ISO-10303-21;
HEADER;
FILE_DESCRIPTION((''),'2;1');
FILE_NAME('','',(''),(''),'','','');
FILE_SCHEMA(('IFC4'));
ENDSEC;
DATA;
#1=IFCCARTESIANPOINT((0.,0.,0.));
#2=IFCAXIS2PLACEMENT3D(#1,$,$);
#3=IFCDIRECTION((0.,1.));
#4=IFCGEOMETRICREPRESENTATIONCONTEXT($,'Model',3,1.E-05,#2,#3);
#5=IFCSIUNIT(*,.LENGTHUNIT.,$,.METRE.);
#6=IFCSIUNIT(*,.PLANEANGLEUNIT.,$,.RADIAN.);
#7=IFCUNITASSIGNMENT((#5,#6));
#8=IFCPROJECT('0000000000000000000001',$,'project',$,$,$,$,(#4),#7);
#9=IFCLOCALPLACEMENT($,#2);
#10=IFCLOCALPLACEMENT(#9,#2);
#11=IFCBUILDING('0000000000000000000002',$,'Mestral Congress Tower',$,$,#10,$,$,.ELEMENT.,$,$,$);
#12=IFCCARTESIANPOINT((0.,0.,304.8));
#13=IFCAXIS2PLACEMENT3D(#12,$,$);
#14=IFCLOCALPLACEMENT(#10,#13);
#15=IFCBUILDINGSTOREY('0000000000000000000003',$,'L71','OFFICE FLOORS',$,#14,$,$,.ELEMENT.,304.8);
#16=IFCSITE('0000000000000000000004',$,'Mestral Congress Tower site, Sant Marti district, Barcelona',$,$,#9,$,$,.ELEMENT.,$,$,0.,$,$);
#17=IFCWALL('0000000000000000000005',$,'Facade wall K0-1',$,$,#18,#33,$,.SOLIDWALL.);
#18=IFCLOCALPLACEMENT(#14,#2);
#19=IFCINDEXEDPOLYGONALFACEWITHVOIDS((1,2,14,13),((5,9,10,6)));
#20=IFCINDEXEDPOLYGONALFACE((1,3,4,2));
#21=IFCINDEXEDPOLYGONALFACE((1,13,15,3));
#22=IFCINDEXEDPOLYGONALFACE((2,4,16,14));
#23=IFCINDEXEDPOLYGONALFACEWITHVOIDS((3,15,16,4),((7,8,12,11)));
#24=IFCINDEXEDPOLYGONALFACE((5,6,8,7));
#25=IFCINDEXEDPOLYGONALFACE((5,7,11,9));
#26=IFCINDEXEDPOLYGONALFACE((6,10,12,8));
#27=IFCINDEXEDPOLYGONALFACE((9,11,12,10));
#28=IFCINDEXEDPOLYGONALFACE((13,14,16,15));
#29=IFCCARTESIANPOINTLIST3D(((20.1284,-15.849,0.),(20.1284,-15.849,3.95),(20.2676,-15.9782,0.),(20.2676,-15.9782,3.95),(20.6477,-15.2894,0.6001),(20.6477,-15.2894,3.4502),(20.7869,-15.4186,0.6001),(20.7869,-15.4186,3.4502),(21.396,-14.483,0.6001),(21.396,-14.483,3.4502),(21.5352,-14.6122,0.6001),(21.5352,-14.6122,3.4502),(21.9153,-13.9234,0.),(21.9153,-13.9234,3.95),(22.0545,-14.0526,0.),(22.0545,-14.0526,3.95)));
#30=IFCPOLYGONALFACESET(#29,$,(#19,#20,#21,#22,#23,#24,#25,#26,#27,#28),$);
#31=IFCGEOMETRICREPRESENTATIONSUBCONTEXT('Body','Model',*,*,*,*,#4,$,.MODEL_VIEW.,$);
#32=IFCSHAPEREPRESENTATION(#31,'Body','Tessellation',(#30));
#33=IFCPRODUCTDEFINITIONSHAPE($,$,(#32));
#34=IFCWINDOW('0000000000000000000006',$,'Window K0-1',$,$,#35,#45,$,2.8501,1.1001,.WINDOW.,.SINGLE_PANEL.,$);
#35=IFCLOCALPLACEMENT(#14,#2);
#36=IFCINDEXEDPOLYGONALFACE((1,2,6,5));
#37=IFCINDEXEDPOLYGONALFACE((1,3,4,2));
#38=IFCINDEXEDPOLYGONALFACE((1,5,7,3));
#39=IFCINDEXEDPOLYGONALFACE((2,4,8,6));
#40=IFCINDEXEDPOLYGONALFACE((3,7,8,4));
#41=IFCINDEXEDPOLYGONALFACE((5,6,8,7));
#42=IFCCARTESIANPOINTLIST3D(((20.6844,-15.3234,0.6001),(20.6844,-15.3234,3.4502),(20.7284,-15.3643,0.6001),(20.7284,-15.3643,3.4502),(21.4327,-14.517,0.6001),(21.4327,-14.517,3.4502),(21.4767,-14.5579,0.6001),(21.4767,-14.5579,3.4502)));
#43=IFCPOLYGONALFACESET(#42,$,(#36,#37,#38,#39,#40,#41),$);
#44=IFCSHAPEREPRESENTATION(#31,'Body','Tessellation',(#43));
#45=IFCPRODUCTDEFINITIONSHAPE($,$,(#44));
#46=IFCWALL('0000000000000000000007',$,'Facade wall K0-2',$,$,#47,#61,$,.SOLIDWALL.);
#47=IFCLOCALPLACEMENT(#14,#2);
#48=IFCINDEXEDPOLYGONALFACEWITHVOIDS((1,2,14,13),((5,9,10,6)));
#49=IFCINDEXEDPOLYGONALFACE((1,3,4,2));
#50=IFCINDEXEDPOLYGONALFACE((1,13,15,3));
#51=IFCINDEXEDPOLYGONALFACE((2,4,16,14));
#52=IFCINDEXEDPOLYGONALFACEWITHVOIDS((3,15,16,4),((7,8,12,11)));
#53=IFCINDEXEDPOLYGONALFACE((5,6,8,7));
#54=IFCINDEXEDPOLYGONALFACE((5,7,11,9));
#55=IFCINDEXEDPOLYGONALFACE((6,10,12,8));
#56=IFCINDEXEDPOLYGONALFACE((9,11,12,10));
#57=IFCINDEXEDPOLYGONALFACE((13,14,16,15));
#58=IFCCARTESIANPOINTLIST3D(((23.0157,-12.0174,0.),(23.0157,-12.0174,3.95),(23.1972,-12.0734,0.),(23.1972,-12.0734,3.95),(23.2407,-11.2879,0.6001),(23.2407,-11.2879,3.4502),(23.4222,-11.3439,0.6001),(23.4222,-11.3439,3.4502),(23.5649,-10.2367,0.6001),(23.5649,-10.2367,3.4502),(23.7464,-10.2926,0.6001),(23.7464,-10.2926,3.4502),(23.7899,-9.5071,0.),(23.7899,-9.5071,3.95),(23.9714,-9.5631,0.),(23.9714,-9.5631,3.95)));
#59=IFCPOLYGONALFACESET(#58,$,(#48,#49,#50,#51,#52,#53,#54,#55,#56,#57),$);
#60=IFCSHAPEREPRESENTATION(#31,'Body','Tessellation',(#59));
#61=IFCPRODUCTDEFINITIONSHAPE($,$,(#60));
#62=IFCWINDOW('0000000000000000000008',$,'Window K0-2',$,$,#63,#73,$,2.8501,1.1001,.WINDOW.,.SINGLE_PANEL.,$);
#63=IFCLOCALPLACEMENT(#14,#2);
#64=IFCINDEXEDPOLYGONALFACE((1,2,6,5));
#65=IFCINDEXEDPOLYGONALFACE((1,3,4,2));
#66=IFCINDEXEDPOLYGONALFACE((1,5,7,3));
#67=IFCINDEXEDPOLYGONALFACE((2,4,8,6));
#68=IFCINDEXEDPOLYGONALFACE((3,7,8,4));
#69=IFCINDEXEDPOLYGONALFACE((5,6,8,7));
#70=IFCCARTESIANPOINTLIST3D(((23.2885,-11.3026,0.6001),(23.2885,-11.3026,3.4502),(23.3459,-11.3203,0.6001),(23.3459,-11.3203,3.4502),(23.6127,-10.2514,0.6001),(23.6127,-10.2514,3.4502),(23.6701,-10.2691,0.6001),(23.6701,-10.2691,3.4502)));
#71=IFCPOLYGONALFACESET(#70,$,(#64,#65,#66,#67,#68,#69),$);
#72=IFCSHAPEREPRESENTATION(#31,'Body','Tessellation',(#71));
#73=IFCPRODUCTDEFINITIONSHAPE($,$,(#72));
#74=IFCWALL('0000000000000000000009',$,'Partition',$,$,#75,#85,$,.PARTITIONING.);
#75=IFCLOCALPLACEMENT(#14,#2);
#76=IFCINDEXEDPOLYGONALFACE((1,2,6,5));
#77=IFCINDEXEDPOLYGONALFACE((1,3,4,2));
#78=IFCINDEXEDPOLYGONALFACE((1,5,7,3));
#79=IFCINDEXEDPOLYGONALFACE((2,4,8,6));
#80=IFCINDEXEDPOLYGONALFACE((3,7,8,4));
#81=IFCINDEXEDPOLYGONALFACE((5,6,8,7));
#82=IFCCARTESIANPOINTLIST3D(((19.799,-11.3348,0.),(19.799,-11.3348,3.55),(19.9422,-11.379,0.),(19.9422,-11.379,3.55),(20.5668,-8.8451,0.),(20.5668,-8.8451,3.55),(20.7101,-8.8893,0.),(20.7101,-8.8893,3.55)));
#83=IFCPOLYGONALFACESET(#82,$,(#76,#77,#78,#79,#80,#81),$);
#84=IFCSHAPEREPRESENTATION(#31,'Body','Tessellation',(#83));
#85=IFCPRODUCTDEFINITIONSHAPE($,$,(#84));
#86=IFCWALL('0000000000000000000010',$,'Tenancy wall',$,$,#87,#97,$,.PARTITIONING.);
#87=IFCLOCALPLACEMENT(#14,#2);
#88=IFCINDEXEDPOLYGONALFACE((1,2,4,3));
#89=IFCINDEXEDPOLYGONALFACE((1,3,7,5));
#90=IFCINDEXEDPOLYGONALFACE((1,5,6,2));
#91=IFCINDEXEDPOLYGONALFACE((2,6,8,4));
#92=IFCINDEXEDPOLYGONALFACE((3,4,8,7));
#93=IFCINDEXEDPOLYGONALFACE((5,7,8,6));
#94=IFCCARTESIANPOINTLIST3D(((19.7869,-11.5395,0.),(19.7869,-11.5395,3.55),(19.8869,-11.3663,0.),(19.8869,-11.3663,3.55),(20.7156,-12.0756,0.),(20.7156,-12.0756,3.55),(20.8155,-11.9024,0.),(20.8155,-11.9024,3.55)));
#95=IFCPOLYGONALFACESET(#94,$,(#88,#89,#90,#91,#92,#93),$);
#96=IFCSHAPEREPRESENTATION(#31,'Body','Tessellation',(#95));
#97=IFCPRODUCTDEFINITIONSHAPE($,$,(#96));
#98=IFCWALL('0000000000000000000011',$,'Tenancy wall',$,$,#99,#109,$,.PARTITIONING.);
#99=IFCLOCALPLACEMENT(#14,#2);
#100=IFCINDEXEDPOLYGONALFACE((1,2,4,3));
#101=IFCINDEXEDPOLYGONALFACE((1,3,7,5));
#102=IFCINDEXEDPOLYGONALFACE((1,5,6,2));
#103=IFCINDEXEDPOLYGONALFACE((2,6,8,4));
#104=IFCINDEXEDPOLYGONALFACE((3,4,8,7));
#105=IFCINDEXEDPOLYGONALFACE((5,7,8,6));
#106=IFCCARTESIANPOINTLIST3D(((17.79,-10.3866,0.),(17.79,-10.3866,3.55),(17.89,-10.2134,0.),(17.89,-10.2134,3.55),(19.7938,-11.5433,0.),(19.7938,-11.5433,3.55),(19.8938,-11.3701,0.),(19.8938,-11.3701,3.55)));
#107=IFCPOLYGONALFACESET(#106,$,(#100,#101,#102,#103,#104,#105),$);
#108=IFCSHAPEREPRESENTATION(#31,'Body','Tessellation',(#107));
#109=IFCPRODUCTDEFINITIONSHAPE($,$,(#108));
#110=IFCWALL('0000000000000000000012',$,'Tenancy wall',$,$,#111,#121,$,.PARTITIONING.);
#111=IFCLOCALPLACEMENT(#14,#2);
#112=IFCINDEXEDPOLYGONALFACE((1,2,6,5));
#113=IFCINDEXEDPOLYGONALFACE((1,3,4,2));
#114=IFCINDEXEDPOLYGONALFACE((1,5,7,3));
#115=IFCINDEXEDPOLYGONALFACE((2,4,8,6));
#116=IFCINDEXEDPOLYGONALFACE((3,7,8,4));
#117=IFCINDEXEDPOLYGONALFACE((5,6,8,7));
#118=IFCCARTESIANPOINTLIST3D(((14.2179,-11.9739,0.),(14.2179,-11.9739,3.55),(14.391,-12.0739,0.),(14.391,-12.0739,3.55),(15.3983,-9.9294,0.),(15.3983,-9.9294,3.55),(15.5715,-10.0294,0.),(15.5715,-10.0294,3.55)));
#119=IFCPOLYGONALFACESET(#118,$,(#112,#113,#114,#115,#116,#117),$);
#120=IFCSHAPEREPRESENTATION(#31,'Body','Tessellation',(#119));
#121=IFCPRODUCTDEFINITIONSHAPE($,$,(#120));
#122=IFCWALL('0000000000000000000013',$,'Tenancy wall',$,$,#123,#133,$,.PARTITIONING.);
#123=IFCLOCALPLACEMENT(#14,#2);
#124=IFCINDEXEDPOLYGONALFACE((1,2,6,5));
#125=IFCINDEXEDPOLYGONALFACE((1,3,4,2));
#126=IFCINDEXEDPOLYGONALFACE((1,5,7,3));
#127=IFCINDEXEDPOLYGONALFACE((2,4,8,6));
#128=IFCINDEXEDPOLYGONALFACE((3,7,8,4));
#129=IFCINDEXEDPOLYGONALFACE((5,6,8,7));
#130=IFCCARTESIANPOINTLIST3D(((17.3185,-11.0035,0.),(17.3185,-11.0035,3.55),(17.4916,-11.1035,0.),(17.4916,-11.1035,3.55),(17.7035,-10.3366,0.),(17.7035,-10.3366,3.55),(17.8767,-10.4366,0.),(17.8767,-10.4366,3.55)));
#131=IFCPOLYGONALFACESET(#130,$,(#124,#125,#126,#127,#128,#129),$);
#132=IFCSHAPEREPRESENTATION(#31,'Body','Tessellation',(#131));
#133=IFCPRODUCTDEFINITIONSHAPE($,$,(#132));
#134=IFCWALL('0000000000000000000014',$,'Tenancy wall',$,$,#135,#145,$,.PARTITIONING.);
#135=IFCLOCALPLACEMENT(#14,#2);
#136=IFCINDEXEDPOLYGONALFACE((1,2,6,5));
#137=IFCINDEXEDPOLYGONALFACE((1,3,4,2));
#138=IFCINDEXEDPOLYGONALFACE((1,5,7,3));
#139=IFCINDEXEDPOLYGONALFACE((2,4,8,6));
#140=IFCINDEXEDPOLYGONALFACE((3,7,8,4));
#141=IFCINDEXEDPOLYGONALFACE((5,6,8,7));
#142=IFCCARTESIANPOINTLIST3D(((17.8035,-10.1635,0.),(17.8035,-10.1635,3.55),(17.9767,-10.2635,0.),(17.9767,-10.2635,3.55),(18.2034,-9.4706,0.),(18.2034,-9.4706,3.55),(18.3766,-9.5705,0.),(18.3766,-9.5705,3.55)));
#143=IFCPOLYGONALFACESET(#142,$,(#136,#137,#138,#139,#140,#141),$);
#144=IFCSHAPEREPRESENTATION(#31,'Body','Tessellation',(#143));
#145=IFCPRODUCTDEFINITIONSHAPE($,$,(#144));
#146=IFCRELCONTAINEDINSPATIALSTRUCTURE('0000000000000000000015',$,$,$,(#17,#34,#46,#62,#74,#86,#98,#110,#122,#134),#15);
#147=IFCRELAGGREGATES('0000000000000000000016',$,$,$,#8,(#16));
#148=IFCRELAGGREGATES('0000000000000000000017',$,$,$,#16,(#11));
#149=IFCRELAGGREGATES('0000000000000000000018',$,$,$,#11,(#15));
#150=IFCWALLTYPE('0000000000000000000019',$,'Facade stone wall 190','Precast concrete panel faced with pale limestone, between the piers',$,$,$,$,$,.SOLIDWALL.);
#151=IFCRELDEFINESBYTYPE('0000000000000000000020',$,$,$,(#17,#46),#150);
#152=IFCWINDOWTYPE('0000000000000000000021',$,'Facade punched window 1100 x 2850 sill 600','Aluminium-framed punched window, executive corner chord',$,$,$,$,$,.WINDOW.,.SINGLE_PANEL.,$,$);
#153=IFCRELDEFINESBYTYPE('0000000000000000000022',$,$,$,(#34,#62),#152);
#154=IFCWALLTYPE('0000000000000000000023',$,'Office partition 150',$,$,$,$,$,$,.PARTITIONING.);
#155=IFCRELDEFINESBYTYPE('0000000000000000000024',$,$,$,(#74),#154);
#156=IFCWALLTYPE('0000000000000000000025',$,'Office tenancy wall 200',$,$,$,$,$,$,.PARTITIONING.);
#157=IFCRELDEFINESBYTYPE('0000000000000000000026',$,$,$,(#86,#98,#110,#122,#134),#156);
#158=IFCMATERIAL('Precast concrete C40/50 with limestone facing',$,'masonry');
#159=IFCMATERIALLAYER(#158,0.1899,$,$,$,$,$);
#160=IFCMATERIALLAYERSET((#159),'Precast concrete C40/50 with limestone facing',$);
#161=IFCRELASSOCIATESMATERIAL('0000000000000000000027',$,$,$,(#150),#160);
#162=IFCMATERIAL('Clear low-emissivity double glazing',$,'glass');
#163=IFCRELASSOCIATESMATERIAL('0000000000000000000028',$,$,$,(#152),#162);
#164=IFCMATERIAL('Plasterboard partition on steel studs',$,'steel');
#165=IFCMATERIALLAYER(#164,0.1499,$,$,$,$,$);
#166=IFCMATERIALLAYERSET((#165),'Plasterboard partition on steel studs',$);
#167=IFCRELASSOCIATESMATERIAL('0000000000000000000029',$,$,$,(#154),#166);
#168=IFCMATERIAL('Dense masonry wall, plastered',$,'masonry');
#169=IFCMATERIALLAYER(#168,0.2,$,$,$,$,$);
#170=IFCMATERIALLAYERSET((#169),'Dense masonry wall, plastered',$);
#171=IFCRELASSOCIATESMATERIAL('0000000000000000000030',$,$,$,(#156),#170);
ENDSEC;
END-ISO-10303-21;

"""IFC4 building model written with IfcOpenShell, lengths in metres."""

from ifc_helpers import new_model, si_unit, direction, frame, frame_2d, origin, place, context, subcontext, project, spatial, rectangle, extrude, material, layer, layer_set, type_object, element, fill, save


model = new_model("IFC4")

# Units and contexts
model_context = context("Model", 3, precision=1e-05, world=origin(), true_north=direction((0.0, 1.0)))
body_context = subcontext(model_context, "Body", "Model", "MODEL_VIEW")
ifc_project = project(units=[si_unit("LENGTHUNIT", "METRE"), si_unit("PLANEANGLEUNIT", "RADIAN")], contexts=[model_context])

# Site, building, storey
site_placement = place(None, origin())
site = spatial("IfcSite", under=ifc_project, at=site_placement, Name="Mestral Congress Tower site, Sant Marti district, Barcelona", CompositionType="ELEMENT", RefElevation=0.0)
building_placement = place(site_placement, origin())
building = spatial("IfcBuilding", under=site, at=building_placement, Name="Mestral Congress Tower", CompositionType="ELEMENT")
storey_placement = place(building_placement, frame((0.0, 0.0, 304.8)))
storey = spatial("IfcBuildingStorey", under=building, at=storey_placement, Name="L71", Description="OFFICE FLOORS", CompositionType="ELEMENT", Elevation=304.8)

# Walls, openings, windows
ifc_material_1 = material(Name="Precast concrete C40/50 with limestone facing", Category="masonry")
ifc_layer_1 = layer(ifc_material_1, 0.1899)
ifc_layer_set_1 = layer_set([ifc_layer_1], Name="Precast concrete C40/50 with limestone facing")
wall_type_1 = type_object("IfcWallType", Name="Facade stone wall 190", Description="Precast concrete panel faced with pale limestone, between the piers", PredefinedType="SOLIDWALL", material=ifc_layer_set_1)
ifc_material_2 = material(Name="Clear low-emissivity double glazing", Category="glass")
window_type = type_object("IfcWindowType", Name="Facade punched window 1100 x 2850 sill 600", Description="Aluminium-framed punched window, executive corner chord", PartitioningType="SINGLE_PANEL", PredefinedType="WINDOW", material=ifc_material_2)
wall_1_placement = place(storey_placement, frame((20.198, -15.9136, 0.0), z_axis=(0.0, 0.0, 1.0), x_axis=(0.680219, 0.733009, 0.0)))
wall_1 = element("IfcWall", 1, at=wall_1_placement, inside=storey, type_object=wall_type_1, Name="Facade wall K0-1", PredefinedType="SOLIDWALL", context=body_context, shape_type="SweptSolid", body=[
    extrude(rectangle(XDim=2.627, YDim=0.1899, at=frame_2d((1.3135, 0.0))), origin(), (0.0, 0.0, 1.0), 3.95),
])
opening_1_placement = place(wall_1_placement, frame((0.7634, 0.0, 0.6001)))
opening_1 = element("IfcOpeningElement", 2, at=opening_1_placement, cuts=wall_1, PredefinedType="OPENING", context=body_context, shape_type="SweptSolid", body=[
    extrude(rectangle(XDim=1.1001, YDim=2.8501, at=frame_2d((0.55, 1.425))), frame((0.0, 0.105, 0.0), z_axis=(0.0, -1.0, 0.0), x_axis=(1.0, 0.0, 0.0)), (0.0, 0.0, 1.0), 0.21),
])
window_1_placement = place(opening_1_placement, origin())
window_1 = element("IfcWindow", 3, at=window_1_placement, inside=storey, type_object=window_type, Name="Window K0-1", OverallHeight=2.8501, OverallWidth=1.1001, PartitioningType="SINGLE_PANEL", PredefinedType="WINDOW", context=body_context, shape_type="SweptSolid", body=[
    extrude(rectangle(XDim=1.1001, YDim=2.8501, at=frame_2d((0.55, 1.425))), frame((0.0, 0.0449, 0.0), z_axis=(0.0, -1.0, 0.0), x_axis=(1.0, 0.0, 0.0)), (0.0, 0.0, 1.0), 0.0601),
])
fill(opening_1, window_1)
wall_2_placement = place(storey_placement, frame((23.1064, -12.0454, 0.0), z_axis=(0.0, 0.0, 1.0), x_axis=(0.294706, 0.955588, 0.0)))
wall_2 = element("IfcWall", 4, at=wall_2_placement, inside=storey, type_object=wall_type_1, Name="Facade wall K0-2", PredefinedType="SOLIDWALL", context=body_context, shape_type="SweptSolid", body=[
    extrude(rectangle(XDim=2.627, YDim=0.1899, at=frame_2d((1.3135, 0.0))), origin(), (0.0, 0.0, 1.0), 3.95),
])
opening_2_placement = place(wall_2_placement, frame((0.7634, 0.0, 0.6001)))
opening_2 = element("IfcOpeningElement", 5, at=opening_2_placement, cuts=wall_2, PredefinedType="OPENING", context=body_context, shape_type="SweptSolid", body=[
    extrude(rectangle(XDim=1.1001, YDim=2.8501, at=frame_2d((0.55, 1.425))), frame((0.0, 0.105, 0.0), z_axis=(0.0, -1.0, 0.0), x_axis=(1.0, 0.0, 0.0)), (0.0, 0.0, 1.0), 0.21),
])
window_2_placement = place(opening_2_placement, origin())
window_2 = element("IfcWindow", 6, at=window_2_placement, inside=storey, type_object=window_type, Name="Window K0-2", OverallHeight=2.8501, OverallWidth=1.1001, PartitioningType="SINGLE_PANEL", PredefinedType="WINDOW", context=body_context, shape_type="SweptSolid", body=[
    extrude(rectangle(XDim=1.1001, YDim=2.8501, at=frame_2d((0.55, 1.425))), frame((0.0, 0.0449, 0.0), z_axis=(0.0, -1.0, 0.0), x_axis=(1.0, 0.0, 0.0)), (0.0, 0.0, 1.0), 0.0601),
])
fill(opening_2, window_2)

# Walls
ifc_material_3 = material(Name="Plasterboard partition on steel studs", Category="steel")
ifc_layer_2 = layer(ifc_material_3, 0.1499)
ifc_layer_set_2 = layer_set([ifc_layer_2], Name="Plasterboard partition on steel studs")
wall_type_2 = type_object("IfcWallType", Name="Office partition 150", PredefinedType="PARTITIONING", material=ifc_layer_set_2)
wall_3_placement = place(storey_placement, frame((19.8706, -11.3569, 0.0), z_axis=(0.0, 0.0, 1.0), x_axis=(0.294698, 0.95559, 0.0)))
element("IfcWall", 7, at=wall_3_placement, inside=storey, type_object=wall_type_2, Name="Partition", PredefinedType="PARTITIONING", context=body_context, shape_type="SweptSolid", body=[
    extrude(rectangle(XDim=2.6055, YDim=0.1499, at=frame_2d((1.3027, 0.0))), origin(), (0.0, 0.0, 1.0), 3.55),
])
ifc_material_4 = material(Name="Dense masonry wall, plastered", Category="masonry")
ifc_layer_3 = layer(ifc_material_4, 0.2)
ifc_layer_set_3 = layer_set([ifc_layer_3], Name="Dense masonry wall, plastered")
wall_type_3 = type_object("IfcWallType", Name="Office tenancy wall 200", PredefinedType="PARTITIONING", material=ifc_layer_set_3)
wall_4_placement = place(storey_placement, frame((19.8369, -11.4529, 0.0), z_axis=(0.0, 0.0, 1.0), x_axis=(0.866049, -0.499959, 0.0)))
element("IfcWall", 8, at=wall_4_placement, inside=storey, type_object=wall_type_3, Name="Tenancy wall", PredefinedType="PARTITIONING", context=body_context, shape_type="SweptSolid", body=[
    extrude(rectangle(XDim=1.0723, YDim=0.2, at=frame_2d((0.5361, 0.0))), origin(), (0.0, 0.0, 1.0), 3.55),
])
wall_5_placement = place(storey_placement, frame((17.8401, -10.3, 0.0), z_axis=(0.0, 0.0, 1.0), x_axis=(0.866066, -0.499929, 0.0)))
element("IfcWall", 9, at=wall_5_placement, inside=storey, type_object=wall_type_3, Name="Tenancy wall", PredefinedType="PARTITIONING", context=body_context, shape_type="SweptSolid", body=[
    extrude(rectangle(XDim=2.3137, YDim=0.2, at=frame_2d((1.1567, 0.0))), origin(), (0.0, 0.0, 1.0), 3.55),
])
wall_6_placement = place(storey_placement, frame((14.3044, -12.0239, 0.0), z_axis=(0.0, 0.0, 1.0), x_axis=(0.500021, 0.866013, 0.0)))
element("IfcWall", 10, at=wall_6_placement, inside=storey, type_object=wall_type_3, Name="Tenancy wall", PredefinedType="PARTITIONING", context=body_context, shape_type="SweptSolid", body=[
    extrude(rectangle(XDim=2.3608, YDim=0.2, at=frame_2d((1.1804, 0.0))), origin(), (0.0, 0.0, 1.0), 3.55),
])
wall_7_placement = place(storey_placement, frame((17.405, -11.0535, 0.0), z_axis=(0.0, 0.0, 1.0), x_axis=(0.500061, 0.86599, 0.0)))
element("IfcWall", 11, at=wall_7_placement, inside=storey, type_object=wall_type_3, Name="Tenancy wall", PredefinedType="PARTITIONING", context=body_context, shape_type="SweptSolid", body=[
    extrude(rectangle(XDim=0.77, YDim=0.2, at=frame_2d((0.385, 0.0))), origin(), (0.0, 0.0, 1.0), 3.55),
])
wall_8_placement = place(storey_placement, frame((17.8901, -10.2134, 0.0), z_axis=(0.0, 0.0, 1.0), x_axis=(0.499881, 0.866094, 0.0)))
element("IfcWall", 12, at=wall_8_placement, inside=storey, type_object=wall_type_3, Name="Tenancy wall", PredefinedType="PARTITIONING", context=body_context, shape_type="SweptSolid", body=[
    extrude(rectangle(XDim=0.8, YDim=0.2, at=frame_2d((0.3999, 0.0))), origin(), (0.0, 0.0, 1.0), 3.55),
])

save(model, "model.ifc")
